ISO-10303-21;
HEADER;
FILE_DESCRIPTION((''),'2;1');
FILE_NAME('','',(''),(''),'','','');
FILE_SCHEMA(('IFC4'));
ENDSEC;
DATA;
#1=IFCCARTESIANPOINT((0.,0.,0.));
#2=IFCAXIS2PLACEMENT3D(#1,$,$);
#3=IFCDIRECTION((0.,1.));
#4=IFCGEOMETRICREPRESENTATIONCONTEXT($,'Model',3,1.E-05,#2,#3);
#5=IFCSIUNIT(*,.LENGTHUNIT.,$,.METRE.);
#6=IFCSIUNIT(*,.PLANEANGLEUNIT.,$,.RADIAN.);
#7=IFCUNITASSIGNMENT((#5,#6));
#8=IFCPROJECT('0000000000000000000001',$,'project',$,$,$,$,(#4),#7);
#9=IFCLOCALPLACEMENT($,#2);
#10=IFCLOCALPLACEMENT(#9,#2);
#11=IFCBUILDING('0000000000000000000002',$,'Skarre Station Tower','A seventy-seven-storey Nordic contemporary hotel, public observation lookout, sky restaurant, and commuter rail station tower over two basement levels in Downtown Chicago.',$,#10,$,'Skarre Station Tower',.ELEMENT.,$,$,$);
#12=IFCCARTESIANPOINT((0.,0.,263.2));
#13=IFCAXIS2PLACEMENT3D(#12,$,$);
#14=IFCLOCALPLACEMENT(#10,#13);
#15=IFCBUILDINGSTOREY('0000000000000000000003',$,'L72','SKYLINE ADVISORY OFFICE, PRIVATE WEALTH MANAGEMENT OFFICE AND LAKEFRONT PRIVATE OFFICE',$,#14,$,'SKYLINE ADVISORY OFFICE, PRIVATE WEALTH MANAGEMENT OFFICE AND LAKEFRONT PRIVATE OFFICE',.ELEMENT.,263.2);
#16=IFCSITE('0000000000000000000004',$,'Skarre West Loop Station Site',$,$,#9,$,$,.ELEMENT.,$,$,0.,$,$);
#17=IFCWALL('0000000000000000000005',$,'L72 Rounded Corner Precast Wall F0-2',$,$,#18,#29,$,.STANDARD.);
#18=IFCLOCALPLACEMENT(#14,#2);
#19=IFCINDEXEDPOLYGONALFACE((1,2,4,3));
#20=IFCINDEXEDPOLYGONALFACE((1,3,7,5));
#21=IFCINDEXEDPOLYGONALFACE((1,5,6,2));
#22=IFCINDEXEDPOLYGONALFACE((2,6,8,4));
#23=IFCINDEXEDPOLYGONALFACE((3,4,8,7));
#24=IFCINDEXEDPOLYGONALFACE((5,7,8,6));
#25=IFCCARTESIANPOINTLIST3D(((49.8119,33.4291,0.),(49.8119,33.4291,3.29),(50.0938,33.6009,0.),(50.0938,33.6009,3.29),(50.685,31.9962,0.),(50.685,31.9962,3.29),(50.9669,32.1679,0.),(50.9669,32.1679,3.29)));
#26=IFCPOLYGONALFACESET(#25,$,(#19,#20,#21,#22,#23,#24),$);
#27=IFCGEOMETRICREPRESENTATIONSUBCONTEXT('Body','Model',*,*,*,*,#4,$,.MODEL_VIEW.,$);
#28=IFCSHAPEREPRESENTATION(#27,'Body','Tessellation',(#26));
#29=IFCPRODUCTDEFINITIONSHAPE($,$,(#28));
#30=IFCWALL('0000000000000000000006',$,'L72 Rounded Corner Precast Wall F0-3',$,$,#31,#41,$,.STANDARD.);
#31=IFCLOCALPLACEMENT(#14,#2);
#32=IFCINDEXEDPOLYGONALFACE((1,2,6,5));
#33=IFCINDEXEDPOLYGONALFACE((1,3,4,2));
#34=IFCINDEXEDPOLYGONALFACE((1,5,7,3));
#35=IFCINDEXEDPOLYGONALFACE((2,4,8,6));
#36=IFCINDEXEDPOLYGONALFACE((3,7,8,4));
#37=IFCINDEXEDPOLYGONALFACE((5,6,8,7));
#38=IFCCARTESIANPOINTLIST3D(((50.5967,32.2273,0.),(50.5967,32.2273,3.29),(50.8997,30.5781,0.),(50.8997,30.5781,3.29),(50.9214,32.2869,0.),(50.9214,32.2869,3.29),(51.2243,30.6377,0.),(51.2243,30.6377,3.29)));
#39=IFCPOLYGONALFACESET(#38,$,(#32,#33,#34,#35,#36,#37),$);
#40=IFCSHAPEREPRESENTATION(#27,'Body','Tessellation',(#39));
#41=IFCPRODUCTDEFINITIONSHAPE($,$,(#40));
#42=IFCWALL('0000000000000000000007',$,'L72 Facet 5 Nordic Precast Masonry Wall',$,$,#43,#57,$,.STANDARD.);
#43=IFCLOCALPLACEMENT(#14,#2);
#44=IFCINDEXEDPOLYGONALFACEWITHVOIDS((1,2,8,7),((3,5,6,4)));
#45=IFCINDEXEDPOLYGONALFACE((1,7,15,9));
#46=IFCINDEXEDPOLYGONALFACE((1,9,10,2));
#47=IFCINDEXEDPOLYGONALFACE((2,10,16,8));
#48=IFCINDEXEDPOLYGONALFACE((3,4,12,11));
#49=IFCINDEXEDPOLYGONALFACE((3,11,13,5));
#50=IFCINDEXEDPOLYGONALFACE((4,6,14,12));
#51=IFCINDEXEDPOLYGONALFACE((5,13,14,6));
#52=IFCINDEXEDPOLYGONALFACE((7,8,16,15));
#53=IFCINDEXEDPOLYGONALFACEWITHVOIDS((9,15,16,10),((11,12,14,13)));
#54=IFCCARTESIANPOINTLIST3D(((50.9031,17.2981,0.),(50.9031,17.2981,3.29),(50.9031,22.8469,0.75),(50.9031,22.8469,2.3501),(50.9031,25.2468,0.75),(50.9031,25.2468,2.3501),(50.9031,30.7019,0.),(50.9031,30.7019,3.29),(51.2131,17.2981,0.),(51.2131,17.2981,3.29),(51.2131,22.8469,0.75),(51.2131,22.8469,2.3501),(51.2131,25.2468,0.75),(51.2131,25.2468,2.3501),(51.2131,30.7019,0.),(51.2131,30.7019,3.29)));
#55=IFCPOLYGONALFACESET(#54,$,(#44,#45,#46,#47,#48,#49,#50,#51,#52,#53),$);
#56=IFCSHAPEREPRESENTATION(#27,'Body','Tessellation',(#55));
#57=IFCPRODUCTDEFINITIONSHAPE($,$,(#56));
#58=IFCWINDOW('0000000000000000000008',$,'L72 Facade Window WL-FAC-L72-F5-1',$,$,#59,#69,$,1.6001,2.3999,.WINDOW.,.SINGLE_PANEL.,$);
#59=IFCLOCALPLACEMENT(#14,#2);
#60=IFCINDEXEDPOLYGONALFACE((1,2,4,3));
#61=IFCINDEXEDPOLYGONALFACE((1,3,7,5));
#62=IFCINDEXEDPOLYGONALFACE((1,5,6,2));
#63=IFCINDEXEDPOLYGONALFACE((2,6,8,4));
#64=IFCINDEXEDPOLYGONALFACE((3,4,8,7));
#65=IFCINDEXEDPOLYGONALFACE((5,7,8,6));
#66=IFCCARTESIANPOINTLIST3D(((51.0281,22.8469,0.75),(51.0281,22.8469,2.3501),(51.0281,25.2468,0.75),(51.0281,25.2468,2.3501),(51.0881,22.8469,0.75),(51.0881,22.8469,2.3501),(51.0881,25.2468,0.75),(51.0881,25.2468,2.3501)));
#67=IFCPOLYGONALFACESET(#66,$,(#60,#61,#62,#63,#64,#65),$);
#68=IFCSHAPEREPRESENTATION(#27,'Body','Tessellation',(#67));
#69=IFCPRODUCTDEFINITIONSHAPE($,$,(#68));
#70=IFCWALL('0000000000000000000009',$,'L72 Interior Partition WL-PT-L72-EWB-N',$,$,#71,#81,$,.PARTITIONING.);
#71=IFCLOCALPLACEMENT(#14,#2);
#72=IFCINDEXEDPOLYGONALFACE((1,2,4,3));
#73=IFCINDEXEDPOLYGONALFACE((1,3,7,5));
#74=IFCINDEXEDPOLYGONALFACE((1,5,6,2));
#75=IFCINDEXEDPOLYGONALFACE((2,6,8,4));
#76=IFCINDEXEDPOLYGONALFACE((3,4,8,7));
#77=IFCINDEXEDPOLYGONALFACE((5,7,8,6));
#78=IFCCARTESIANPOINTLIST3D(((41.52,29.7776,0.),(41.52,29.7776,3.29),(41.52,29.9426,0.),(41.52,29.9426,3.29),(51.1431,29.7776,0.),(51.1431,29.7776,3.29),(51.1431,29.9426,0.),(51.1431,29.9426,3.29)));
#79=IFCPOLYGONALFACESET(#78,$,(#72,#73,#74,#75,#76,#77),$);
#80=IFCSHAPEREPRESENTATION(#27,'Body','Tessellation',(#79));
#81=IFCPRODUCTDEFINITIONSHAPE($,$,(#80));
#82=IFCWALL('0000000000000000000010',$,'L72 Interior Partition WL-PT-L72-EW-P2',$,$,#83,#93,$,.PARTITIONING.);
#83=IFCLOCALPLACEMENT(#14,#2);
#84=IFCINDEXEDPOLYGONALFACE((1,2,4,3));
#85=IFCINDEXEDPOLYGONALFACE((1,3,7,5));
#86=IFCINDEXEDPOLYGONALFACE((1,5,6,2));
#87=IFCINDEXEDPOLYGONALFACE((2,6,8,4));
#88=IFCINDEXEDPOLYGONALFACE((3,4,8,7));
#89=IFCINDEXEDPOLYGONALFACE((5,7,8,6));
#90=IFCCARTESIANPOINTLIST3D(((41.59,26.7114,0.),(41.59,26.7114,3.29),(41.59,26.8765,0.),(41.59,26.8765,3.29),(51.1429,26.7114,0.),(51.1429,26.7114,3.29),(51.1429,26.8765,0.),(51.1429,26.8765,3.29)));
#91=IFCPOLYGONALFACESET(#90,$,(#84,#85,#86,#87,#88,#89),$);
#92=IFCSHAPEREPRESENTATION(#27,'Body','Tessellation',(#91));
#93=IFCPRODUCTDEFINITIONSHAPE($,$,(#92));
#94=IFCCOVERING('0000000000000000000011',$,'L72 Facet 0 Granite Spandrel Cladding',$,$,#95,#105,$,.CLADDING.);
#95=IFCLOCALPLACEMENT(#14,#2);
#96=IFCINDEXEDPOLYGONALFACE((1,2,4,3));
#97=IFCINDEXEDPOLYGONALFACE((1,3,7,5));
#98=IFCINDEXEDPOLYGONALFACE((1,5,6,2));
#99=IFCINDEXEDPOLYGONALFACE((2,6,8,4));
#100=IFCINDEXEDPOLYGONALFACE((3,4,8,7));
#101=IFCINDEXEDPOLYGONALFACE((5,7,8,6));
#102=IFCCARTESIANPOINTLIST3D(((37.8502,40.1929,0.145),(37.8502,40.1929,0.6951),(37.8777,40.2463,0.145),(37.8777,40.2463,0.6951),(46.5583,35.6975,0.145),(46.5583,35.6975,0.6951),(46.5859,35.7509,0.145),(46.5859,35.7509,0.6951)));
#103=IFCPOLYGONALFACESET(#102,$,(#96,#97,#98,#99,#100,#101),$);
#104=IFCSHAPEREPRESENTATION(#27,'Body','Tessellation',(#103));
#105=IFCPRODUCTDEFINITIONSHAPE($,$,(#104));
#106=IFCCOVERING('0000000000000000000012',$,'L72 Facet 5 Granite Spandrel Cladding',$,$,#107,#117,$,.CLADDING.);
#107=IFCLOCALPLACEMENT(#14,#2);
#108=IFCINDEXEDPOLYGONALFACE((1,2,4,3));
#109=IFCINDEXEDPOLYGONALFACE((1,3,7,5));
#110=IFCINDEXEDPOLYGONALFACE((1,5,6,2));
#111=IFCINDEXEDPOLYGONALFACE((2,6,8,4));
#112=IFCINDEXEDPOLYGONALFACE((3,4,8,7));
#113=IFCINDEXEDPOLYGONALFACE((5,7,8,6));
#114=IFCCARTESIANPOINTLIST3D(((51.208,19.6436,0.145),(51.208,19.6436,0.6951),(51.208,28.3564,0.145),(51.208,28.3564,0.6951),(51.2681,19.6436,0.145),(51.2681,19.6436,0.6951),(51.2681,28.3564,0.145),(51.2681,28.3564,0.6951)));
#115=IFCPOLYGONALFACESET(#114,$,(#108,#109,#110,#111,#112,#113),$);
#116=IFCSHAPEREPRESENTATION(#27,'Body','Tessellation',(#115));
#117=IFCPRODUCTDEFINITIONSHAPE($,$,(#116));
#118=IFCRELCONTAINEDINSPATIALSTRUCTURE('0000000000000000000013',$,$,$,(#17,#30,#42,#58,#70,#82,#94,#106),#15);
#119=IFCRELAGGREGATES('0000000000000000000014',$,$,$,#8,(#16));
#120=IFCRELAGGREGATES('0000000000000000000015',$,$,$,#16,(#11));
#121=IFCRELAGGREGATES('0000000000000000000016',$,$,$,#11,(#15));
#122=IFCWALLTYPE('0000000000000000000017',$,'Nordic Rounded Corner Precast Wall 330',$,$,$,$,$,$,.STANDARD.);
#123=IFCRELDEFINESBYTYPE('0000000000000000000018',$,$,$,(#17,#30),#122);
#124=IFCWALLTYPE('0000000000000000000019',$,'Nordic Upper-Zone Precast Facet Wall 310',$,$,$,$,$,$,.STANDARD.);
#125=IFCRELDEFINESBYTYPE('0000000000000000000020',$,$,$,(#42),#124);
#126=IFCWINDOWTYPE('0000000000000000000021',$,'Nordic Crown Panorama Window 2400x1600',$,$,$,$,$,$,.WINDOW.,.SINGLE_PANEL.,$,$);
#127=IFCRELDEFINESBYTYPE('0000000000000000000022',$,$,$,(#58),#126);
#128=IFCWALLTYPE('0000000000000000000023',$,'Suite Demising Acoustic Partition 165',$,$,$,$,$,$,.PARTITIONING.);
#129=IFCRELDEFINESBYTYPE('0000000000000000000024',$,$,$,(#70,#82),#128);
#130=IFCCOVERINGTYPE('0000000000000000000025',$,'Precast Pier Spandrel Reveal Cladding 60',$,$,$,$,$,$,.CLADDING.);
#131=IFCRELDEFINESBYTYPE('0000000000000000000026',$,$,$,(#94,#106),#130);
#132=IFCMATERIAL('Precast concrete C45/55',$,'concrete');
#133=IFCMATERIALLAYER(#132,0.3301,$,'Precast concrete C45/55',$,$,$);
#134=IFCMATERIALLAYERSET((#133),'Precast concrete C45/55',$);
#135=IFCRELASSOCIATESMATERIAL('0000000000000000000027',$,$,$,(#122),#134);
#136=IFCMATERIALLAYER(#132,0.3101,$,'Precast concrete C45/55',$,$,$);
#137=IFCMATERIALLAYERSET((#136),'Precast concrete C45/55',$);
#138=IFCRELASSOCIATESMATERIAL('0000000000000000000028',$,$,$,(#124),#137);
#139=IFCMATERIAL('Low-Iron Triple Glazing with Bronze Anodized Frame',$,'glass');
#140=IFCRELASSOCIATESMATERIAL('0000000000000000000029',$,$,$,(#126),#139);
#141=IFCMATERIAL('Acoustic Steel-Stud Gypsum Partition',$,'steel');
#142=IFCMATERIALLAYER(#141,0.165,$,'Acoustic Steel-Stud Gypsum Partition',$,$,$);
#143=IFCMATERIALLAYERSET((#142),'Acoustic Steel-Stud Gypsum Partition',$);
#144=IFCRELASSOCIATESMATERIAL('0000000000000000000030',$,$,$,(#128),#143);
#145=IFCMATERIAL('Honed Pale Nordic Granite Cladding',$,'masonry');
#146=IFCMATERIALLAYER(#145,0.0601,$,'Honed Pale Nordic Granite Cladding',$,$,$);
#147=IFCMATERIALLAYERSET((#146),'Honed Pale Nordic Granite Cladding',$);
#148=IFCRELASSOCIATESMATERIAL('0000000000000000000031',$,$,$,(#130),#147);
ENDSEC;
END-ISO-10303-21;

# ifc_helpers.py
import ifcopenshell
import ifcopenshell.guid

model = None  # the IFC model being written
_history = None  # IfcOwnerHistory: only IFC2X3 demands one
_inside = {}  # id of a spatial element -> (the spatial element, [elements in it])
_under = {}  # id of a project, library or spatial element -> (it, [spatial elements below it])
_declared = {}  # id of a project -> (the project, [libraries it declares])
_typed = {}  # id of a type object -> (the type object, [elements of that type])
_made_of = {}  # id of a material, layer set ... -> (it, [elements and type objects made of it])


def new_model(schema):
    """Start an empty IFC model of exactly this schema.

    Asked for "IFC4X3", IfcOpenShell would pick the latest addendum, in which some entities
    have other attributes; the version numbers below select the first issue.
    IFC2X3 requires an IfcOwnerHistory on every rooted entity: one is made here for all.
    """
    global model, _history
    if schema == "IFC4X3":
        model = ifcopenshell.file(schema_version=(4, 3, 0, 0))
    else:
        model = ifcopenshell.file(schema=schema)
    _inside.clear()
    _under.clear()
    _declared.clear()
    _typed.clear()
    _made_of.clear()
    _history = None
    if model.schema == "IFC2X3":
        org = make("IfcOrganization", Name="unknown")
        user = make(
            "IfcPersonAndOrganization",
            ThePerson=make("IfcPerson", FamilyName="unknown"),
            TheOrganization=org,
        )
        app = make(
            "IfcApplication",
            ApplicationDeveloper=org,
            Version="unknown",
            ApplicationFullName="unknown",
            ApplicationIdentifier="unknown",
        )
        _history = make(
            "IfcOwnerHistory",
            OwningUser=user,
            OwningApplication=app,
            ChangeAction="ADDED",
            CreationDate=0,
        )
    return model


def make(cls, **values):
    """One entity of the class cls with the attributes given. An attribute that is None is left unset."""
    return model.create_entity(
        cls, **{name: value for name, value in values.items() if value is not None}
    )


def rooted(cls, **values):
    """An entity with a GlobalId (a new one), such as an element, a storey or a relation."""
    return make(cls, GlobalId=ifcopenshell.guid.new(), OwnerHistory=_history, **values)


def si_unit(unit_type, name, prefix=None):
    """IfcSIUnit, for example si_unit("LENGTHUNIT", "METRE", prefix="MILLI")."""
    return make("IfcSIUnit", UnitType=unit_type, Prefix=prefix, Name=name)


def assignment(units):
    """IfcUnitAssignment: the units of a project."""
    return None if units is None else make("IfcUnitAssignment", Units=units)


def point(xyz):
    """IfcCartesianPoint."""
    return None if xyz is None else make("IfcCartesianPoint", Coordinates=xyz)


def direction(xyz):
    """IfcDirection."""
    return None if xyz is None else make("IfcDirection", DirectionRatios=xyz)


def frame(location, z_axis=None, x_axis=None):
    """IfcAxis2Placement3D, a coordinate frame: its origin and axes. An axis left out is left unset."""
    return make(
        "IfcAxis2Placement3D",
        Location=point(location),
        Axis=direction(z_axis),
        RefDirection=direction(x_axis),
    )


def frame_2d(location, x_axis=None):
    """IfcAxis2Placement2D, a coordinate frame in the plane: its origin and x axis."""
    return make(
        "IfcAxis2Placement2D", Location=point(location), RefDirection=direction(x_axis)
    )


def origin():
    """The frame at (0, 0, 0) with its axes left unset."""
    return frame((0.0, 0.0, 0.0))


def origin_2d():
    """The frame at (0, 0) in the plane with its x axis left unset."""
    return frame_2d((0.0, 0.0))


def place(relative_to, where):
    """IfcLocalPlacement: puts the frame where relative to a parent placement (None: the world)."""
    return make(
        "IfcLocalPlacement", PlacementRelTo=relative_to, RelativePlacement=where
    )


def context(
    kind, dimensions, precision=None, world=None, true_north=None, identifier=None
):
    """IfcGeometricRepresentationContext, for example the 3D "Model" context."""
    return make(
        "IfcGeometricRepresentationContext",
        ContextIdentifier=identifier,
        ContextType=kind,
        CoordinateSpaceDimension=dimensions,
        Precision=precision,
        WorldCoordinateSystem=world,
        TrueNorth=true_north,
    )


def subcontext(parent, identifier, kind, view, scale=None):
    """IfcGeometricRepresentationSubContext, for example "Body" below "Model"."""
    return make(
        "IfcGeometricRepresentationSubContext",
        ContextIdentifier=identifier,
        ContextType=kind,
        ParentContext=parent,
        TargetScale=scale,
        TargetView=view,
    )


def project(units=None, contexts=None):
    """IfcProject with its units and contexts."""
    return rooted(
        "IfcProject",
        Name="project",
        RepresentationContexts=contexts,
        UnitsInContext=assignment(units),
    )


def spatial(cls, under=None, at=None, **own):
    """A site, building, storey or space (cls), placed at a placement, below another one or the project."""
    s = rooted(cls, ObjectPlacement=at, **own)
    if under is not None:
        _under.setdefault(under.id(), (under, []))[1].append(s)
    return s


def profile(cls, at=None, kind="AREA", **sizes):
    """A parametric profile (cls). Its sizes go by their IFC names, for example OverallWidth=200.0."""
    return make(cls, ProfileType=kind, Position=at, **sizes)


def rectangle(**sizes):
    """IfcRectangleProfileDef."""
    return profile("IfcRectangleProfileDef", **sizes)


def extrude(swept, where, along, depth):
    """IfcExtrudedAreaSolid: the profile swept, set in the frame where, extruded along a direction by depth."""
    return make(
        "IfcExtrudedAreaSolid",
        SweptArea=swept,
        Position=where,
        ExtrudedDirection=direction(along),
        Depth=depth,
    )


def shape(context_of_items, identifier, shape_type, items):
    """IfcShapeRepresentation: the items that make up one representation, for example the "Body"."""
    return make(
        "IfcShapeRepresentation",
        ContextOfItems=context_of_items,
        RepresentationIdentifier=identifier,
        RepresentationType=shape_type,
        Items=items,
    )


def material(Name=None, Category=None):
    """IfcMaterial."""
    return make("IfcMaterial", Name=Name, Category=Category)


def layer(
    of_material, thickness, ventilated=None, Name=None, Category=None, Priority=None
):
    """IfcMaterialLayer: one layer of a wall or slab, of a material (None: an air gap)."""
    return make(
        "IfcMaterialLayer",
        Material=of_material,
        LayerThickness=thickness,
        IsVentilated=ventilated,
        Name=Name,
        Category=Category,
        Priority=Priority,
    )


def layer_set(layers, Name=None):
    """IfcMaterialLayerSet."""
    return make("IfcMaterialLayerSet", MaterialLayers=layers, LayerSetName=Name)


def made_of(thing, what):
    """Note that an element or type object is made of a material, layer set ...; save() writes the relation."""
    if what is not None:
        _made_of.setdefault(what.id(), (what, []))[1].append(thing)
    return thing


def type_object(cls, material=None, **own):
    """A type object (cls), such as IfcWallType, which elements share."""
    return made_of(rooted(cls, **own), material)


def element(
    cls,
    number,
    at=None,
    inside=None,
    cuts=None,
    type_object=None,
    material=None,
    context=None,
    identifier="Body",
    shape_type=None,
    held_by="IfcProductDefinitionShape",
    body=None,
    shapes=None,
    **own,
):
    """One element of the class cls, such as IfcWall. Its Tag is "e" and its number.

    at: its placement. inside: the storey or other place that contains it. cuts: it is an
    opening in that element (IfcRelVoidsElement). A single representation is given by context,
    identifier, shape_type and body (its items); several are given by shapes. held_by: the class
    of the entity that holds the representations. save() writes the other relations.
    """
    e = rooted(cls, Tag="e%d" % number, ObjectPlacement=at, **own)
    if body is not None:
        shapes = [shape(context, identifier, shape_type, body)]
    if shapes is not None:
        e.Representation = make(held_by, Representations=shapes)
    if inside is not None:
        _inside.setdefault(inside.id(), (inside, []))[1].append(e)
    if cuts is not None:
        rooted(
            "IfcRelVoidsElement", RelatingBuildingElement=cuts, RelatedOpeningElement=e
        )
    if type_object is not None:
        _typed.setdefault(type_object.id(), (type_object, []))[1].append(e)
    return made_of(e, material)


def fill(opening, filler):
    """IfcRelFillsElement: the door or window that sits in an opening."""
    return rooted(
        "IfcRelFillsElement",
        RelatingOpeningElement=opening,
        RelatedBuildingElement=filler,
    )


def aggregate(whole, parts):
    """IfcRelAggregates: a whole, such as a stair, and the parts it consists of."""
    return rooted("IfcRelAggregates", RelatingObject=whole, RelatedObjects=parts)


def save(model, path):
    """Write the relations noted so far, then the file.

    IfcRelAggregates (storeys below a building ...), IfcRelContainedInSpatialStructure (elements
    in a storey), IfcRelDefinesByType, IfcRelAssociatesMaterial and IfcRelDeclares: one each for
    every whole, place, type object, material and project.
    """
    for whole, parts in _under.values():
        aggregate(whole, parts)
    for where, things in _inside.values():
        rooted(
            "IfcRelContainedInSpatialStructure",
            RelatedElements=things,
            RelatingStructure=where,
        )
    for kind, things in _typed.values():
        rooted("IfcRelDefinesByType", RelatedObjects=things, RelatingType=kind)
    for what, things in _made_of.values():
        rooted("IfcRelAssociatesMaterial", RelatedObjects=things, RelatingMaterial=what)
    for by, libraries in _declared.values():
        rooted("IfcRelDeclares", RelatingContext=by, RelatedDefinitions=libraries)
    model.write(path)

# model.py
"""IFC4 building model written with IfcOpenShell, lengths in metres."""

from ifc_helpers import new_model, si_unit, direction, frame, frame_2d, origin, origin_2d, place, context, subcontext, project, spatial, rectangle, extrude, material, layer, layer_set, type_object, element, fill, save


model = new_model("IFC4")

# Units and contexts
model_context = context("Model", 3, precision=1e-05, world=origin(), true_north=direction((0.0, 1.0)))
body_context = subcontext(model_context, "Body", "Model", "MODEL_VIEW")
ifc_project = project(units=[si_unit("LENGTHUNIT", "METRE"), si_unit("PLANEANGLEUNIT", "RADIAN")], contexts=[model_context])

# Site, building, storey
site_placement = place(None, origin())
site = spatial("IfcSite", under=ifc_project, at=site_placement, Name="Skarre West Loop Station Site", CompositionType="ELEMENT", RefElevation=0.0)
building_placement = place(site_placement, origin())
building = spatial("IfcBuilding", under=site, at=building_placement, Name="Skarre Station Tower", Description="A seventy-seven-storey Nordic contemporary hotel, public observation lookout, sky restaurant, and commuter rail station tower over two basement levels in Downtown Chicago.", LongName="Skarre Station Tower", CompositionType="ELEMENT")
storey_placement = place(building_placement, frame((0.0, 0.0, 263.2)))
storey = spatial("IfcBuildingStorey", under=building, at=storey_placement, Name="L72", Description="SKYLINE ADVISORY OFFICE, PRIVATE WEALTH MANAGEMENT OFFICE AND LAKEFRONT PRIVATE OFFICE", LongName="SKYLINE ADVISORY OFFICE, PRIVATE WEALTH MANAGEMENT OFFICE AND LAKEFRONT PRIVATE OFFICE", CompositionType="ELEMENT", Elevation=263.2)

# Shared definitions
ifc_material_1 = material(Name="Acoustic Steel-Stud Gypsum Partition", Category="steel")

# Walls
ifc_material_2 = material(Name="Precast concrete C45/55", Category="concrete")
ifc_layer_1 = layer(ifc_material_2, 0.3301, Name="Precast concrete C45/55")
ifc_layer_set_1 = layer_set([ifc_layer_1], Name="Precast concrete C45/55")
wall_type_1 = type_object("IfcWallType", Name="Nordic Rounded Corner Precast Wall 330", PredefinedType="STANDARD", material=ifc_layer_set_1)
wall_1_placement = place(storey_placement, frame((49.9529, 33.5149, 0.0), z_axis=(0.0, 0.0, 1.0), x_axis=(0.520325, -0.853968, 0.0)))
element("IfcWall", 1, at=wall_1_placement, inside=storey, type_object=wall_type_1, Name="L72 Rounded Corner Precast Wall F0-2", PredefinedType="STANDARD", context=body_context, shape_type="SweptSolid", body=[
    extrude(rectangle(XDim=1.678, YDim=0.3301, at=frame_2d((0.8389, 0.0))), origin(), (0.0, 0.0, 1.0), 3.29),
])
wall_2_placement = place(storey_placement, frame((50.759, 32.2571, 0.0), z_axis=(0.0, 0.0, 1.0), x_axis=(0.180692, -0.98354, 0.0)))
element("IfcWall", 2, at=wall_2_placement, inside=storey, type_object=wall_type_1, Name="L72 Rounded Corner Precast Wall F0-3", PredefinedType="STANDARD", context=body_context, shape_type="SweptSolid", body=[
    extrude(rectangle(XDim=1.6768, YDim=0.3301, at=frame_2d((0.8384, 0.0))), origin(), (0.0, 0.0, 1.0), 3.29),
])

# Wall, opening, window
ifc_layer_2 = layer(ifc_material_2, 0.3101, Name="Precast concrete C45/55")
ifc_layer_set_2 = layer_set([ifc_layer_2], Name="Precast concrete C45/55")
wall_type_2 = type_object("IfcWallType", Name="Nordic Upper-Zone Precast Facet Wall 310", PredefinedType="STANDARD", material=ifc_layer_set_2)
wall_3_placement = place(storey_placement, frame((51.0581, 30.7019, 0.0), z_axis=(0.0, 0.0, 1.0), x_axis=(0.0, -1.0, 0.0)))
wall_3 = element("IfcWall", 3, at=wall_3_placement, inside=storey, type_object=wall_type_2, Name="L72 Facet 5 Nordic Precast Masonry Wall", PredefinedType="STANDARD", context=body_context, shape_type="SweptSolid", body=[
    extrude(rectangle(XDim=13.4038, YDim=0.3101, at=frame_2d((6.7019, 0.0))), origin(), (0.0, 0.0, 1.0), 3.29),
])
opening_1_placement = place(wall_3_placement, frame((5.4551, 0.0, 0.75)))
opening_1 = element("IfcOpeningElement", 4, at=opening_1_placement, cuts=wall_3, PredefinedType="OPENING", context=body_context, shape_type="SweptSolid", body=[
    extrude(rectangle(XDim=2.3999, YDim=1.6001, at=frame_2d((1.2, 0.8))), frame((0.0, 0.165, 0.0), z_axis=(0.0, -1.0, 0.0), x_axis=(1.0, 0.0, 0.0)), (0.0, 0.0, 1.0), 0.3301),
])
ifc_material_3 = material(Name="Low-Iron Triple Glazing with Bronze Anodized Frame", Category="glass")
window_type = type_object("IfcWindowType", Name="Nordic Crown Panorama Window 2400x1600", PartitioningType="SINGLE_PANEL", PredefinedType="WINDOW", material=ifc_material_3)
window_placement = place(opening_1_placement, origin())
window = element("IfcWindow", 5, at=window_placement, inside=storey, type_object=window_type, Name="L72 Facade Window WL-FAC-L72-F5-1", OverallHeight=1.6001, OverallWidth=2.3999, PartitioningType="SINGLE_PANEL", PredefinedType="WINDOW", context=body_context, shape_type="SweptSolid", body=[
    extrude(rectangle(XDim=2.3999, YDim=1.6001, at=frame_2d((1.2, 0.8))), frame((0.0, 0.03, 0.0), z_axis=(0.0, -1.0, 0.0), x_axis=(1.0, 0.0, 0.0)), (0.0, 0.0, 1.0), 0.0601),
])
fill(opening_1, window)

# Walls
ifc_layer_3 = layer(ifc_material_1, 0.165, Name="Acoustic Steel-Stud Gypsum Partition")
ifc_layer_set_3 = layer_set([ifc_layer_3], Name="Acoustic Steel-Stud Gypsum Partition")
wall_type_3 = type_object("IfcWallType", Name="Suite Demising Acoustic Partition 165", PredefinedType="PARTITIONING", material=ifc_layer_set_3)
wall_4_placement = place(storey_placement, frame((41.52, 29.8601, 0.0), z_axis=(0.0, 0.0, 1.0), x_axis=(1.0, 0.0, 0.0)))
element("IfcWall", 6, at=wall_4_placement, inside=storey, type_object=wall_type_3, Name="L72 Interior Partition WL-PT-L72-EWB-N", PredefinedType="PARTITIONING", context=body_context, shape_type="SweptSolid", body=[
    extrude(rectangle(XDim=9.623, YDim=0.165, at=frame_2d((4.8115, 0.0))), origin(), (0.0, 0.0, 1.0), 3.29),
])
wall_5_placement = place(storey_placement, frame((41.5901, 26.7939, 0.0), z_axis=(0.0, 0.0, 1.0), x_axis=(1.0, 0.0, 0.0)))
element("IfcWall", 7, at=wall_5_placement, inside=storey, type_object=wall_type_3, Name="L72 Interior Partition WL-PT-L72-EW-P2", PredefinedType="PARTITIONING", context=body_context, shape_type="SweptSolid", body=[
    extrude(rectangle(XDim=9.553, YDim=0.165, at=frame_2d((4.7764, 0.0))), origin(), (0.0, 0.0, 1.0), 3.29),
])

# Coverings
ifc_material_4 = material(Name="Honed Pale Nordic Granite Cladding", Category="masonry")
ifc_layer_4 = layer(ifc_material_4, 0.0601, Name="Honed Pale Nordic Granite Cladding")
ifc_layer_set_4 = layer_set([ifc_layer_4], Name="Honed Pale Nordic Granite Cladding")
covering_type = type_object("IfcCoveringType", Name="Precast Pier Spandrel Reveal Cladding 60", PredefinedType="CLADDING", material=ifc_layer_set_4)
covering_1_placement = place(storey_placement, frame((42.218, 37.9719, 0.145), z_axis=(0.0, 0.0, 1.0), x_axis=(-0.888585, 0.458712, 0.0)))
element("IfcCovering", 8, at=covering_1_placement, inside=storey, type_object=covering_type, Name="L72 Facet 0 Granite Spandrel Cladding", PredefinedType="CLADDING", context=body_context, shape_type="SweptSolid", body=[
    extrude(rectangle(XDim=9.8, YDim=0.0601, at=origin_2d()), origin(), (0.0, 0.0, 1.0), 0.55),
])
covering_2_placement = place(storey_placement, frame((51.238, 24.0, 0.145), z_axis=(0.0, 0.0, 1.0), x_axis=(0.0, 1.0, 0.0)))
element("IfcCovering", 9, at=covering_2_placement, inside=storey, type_object=covering_type, Name="L72 Facet 5 Granite Spandrel Cladding", PredefinedType="CLADDING", context=body_context, shape_type="SweptSolid", body=[
    extrude(rectangle(XDim=8.7129, YDim=0.0601, at=origin_2d()), origin(), (0.0, 0.0, 1.0), 0.55),
])

save(model, "model.ifc")
